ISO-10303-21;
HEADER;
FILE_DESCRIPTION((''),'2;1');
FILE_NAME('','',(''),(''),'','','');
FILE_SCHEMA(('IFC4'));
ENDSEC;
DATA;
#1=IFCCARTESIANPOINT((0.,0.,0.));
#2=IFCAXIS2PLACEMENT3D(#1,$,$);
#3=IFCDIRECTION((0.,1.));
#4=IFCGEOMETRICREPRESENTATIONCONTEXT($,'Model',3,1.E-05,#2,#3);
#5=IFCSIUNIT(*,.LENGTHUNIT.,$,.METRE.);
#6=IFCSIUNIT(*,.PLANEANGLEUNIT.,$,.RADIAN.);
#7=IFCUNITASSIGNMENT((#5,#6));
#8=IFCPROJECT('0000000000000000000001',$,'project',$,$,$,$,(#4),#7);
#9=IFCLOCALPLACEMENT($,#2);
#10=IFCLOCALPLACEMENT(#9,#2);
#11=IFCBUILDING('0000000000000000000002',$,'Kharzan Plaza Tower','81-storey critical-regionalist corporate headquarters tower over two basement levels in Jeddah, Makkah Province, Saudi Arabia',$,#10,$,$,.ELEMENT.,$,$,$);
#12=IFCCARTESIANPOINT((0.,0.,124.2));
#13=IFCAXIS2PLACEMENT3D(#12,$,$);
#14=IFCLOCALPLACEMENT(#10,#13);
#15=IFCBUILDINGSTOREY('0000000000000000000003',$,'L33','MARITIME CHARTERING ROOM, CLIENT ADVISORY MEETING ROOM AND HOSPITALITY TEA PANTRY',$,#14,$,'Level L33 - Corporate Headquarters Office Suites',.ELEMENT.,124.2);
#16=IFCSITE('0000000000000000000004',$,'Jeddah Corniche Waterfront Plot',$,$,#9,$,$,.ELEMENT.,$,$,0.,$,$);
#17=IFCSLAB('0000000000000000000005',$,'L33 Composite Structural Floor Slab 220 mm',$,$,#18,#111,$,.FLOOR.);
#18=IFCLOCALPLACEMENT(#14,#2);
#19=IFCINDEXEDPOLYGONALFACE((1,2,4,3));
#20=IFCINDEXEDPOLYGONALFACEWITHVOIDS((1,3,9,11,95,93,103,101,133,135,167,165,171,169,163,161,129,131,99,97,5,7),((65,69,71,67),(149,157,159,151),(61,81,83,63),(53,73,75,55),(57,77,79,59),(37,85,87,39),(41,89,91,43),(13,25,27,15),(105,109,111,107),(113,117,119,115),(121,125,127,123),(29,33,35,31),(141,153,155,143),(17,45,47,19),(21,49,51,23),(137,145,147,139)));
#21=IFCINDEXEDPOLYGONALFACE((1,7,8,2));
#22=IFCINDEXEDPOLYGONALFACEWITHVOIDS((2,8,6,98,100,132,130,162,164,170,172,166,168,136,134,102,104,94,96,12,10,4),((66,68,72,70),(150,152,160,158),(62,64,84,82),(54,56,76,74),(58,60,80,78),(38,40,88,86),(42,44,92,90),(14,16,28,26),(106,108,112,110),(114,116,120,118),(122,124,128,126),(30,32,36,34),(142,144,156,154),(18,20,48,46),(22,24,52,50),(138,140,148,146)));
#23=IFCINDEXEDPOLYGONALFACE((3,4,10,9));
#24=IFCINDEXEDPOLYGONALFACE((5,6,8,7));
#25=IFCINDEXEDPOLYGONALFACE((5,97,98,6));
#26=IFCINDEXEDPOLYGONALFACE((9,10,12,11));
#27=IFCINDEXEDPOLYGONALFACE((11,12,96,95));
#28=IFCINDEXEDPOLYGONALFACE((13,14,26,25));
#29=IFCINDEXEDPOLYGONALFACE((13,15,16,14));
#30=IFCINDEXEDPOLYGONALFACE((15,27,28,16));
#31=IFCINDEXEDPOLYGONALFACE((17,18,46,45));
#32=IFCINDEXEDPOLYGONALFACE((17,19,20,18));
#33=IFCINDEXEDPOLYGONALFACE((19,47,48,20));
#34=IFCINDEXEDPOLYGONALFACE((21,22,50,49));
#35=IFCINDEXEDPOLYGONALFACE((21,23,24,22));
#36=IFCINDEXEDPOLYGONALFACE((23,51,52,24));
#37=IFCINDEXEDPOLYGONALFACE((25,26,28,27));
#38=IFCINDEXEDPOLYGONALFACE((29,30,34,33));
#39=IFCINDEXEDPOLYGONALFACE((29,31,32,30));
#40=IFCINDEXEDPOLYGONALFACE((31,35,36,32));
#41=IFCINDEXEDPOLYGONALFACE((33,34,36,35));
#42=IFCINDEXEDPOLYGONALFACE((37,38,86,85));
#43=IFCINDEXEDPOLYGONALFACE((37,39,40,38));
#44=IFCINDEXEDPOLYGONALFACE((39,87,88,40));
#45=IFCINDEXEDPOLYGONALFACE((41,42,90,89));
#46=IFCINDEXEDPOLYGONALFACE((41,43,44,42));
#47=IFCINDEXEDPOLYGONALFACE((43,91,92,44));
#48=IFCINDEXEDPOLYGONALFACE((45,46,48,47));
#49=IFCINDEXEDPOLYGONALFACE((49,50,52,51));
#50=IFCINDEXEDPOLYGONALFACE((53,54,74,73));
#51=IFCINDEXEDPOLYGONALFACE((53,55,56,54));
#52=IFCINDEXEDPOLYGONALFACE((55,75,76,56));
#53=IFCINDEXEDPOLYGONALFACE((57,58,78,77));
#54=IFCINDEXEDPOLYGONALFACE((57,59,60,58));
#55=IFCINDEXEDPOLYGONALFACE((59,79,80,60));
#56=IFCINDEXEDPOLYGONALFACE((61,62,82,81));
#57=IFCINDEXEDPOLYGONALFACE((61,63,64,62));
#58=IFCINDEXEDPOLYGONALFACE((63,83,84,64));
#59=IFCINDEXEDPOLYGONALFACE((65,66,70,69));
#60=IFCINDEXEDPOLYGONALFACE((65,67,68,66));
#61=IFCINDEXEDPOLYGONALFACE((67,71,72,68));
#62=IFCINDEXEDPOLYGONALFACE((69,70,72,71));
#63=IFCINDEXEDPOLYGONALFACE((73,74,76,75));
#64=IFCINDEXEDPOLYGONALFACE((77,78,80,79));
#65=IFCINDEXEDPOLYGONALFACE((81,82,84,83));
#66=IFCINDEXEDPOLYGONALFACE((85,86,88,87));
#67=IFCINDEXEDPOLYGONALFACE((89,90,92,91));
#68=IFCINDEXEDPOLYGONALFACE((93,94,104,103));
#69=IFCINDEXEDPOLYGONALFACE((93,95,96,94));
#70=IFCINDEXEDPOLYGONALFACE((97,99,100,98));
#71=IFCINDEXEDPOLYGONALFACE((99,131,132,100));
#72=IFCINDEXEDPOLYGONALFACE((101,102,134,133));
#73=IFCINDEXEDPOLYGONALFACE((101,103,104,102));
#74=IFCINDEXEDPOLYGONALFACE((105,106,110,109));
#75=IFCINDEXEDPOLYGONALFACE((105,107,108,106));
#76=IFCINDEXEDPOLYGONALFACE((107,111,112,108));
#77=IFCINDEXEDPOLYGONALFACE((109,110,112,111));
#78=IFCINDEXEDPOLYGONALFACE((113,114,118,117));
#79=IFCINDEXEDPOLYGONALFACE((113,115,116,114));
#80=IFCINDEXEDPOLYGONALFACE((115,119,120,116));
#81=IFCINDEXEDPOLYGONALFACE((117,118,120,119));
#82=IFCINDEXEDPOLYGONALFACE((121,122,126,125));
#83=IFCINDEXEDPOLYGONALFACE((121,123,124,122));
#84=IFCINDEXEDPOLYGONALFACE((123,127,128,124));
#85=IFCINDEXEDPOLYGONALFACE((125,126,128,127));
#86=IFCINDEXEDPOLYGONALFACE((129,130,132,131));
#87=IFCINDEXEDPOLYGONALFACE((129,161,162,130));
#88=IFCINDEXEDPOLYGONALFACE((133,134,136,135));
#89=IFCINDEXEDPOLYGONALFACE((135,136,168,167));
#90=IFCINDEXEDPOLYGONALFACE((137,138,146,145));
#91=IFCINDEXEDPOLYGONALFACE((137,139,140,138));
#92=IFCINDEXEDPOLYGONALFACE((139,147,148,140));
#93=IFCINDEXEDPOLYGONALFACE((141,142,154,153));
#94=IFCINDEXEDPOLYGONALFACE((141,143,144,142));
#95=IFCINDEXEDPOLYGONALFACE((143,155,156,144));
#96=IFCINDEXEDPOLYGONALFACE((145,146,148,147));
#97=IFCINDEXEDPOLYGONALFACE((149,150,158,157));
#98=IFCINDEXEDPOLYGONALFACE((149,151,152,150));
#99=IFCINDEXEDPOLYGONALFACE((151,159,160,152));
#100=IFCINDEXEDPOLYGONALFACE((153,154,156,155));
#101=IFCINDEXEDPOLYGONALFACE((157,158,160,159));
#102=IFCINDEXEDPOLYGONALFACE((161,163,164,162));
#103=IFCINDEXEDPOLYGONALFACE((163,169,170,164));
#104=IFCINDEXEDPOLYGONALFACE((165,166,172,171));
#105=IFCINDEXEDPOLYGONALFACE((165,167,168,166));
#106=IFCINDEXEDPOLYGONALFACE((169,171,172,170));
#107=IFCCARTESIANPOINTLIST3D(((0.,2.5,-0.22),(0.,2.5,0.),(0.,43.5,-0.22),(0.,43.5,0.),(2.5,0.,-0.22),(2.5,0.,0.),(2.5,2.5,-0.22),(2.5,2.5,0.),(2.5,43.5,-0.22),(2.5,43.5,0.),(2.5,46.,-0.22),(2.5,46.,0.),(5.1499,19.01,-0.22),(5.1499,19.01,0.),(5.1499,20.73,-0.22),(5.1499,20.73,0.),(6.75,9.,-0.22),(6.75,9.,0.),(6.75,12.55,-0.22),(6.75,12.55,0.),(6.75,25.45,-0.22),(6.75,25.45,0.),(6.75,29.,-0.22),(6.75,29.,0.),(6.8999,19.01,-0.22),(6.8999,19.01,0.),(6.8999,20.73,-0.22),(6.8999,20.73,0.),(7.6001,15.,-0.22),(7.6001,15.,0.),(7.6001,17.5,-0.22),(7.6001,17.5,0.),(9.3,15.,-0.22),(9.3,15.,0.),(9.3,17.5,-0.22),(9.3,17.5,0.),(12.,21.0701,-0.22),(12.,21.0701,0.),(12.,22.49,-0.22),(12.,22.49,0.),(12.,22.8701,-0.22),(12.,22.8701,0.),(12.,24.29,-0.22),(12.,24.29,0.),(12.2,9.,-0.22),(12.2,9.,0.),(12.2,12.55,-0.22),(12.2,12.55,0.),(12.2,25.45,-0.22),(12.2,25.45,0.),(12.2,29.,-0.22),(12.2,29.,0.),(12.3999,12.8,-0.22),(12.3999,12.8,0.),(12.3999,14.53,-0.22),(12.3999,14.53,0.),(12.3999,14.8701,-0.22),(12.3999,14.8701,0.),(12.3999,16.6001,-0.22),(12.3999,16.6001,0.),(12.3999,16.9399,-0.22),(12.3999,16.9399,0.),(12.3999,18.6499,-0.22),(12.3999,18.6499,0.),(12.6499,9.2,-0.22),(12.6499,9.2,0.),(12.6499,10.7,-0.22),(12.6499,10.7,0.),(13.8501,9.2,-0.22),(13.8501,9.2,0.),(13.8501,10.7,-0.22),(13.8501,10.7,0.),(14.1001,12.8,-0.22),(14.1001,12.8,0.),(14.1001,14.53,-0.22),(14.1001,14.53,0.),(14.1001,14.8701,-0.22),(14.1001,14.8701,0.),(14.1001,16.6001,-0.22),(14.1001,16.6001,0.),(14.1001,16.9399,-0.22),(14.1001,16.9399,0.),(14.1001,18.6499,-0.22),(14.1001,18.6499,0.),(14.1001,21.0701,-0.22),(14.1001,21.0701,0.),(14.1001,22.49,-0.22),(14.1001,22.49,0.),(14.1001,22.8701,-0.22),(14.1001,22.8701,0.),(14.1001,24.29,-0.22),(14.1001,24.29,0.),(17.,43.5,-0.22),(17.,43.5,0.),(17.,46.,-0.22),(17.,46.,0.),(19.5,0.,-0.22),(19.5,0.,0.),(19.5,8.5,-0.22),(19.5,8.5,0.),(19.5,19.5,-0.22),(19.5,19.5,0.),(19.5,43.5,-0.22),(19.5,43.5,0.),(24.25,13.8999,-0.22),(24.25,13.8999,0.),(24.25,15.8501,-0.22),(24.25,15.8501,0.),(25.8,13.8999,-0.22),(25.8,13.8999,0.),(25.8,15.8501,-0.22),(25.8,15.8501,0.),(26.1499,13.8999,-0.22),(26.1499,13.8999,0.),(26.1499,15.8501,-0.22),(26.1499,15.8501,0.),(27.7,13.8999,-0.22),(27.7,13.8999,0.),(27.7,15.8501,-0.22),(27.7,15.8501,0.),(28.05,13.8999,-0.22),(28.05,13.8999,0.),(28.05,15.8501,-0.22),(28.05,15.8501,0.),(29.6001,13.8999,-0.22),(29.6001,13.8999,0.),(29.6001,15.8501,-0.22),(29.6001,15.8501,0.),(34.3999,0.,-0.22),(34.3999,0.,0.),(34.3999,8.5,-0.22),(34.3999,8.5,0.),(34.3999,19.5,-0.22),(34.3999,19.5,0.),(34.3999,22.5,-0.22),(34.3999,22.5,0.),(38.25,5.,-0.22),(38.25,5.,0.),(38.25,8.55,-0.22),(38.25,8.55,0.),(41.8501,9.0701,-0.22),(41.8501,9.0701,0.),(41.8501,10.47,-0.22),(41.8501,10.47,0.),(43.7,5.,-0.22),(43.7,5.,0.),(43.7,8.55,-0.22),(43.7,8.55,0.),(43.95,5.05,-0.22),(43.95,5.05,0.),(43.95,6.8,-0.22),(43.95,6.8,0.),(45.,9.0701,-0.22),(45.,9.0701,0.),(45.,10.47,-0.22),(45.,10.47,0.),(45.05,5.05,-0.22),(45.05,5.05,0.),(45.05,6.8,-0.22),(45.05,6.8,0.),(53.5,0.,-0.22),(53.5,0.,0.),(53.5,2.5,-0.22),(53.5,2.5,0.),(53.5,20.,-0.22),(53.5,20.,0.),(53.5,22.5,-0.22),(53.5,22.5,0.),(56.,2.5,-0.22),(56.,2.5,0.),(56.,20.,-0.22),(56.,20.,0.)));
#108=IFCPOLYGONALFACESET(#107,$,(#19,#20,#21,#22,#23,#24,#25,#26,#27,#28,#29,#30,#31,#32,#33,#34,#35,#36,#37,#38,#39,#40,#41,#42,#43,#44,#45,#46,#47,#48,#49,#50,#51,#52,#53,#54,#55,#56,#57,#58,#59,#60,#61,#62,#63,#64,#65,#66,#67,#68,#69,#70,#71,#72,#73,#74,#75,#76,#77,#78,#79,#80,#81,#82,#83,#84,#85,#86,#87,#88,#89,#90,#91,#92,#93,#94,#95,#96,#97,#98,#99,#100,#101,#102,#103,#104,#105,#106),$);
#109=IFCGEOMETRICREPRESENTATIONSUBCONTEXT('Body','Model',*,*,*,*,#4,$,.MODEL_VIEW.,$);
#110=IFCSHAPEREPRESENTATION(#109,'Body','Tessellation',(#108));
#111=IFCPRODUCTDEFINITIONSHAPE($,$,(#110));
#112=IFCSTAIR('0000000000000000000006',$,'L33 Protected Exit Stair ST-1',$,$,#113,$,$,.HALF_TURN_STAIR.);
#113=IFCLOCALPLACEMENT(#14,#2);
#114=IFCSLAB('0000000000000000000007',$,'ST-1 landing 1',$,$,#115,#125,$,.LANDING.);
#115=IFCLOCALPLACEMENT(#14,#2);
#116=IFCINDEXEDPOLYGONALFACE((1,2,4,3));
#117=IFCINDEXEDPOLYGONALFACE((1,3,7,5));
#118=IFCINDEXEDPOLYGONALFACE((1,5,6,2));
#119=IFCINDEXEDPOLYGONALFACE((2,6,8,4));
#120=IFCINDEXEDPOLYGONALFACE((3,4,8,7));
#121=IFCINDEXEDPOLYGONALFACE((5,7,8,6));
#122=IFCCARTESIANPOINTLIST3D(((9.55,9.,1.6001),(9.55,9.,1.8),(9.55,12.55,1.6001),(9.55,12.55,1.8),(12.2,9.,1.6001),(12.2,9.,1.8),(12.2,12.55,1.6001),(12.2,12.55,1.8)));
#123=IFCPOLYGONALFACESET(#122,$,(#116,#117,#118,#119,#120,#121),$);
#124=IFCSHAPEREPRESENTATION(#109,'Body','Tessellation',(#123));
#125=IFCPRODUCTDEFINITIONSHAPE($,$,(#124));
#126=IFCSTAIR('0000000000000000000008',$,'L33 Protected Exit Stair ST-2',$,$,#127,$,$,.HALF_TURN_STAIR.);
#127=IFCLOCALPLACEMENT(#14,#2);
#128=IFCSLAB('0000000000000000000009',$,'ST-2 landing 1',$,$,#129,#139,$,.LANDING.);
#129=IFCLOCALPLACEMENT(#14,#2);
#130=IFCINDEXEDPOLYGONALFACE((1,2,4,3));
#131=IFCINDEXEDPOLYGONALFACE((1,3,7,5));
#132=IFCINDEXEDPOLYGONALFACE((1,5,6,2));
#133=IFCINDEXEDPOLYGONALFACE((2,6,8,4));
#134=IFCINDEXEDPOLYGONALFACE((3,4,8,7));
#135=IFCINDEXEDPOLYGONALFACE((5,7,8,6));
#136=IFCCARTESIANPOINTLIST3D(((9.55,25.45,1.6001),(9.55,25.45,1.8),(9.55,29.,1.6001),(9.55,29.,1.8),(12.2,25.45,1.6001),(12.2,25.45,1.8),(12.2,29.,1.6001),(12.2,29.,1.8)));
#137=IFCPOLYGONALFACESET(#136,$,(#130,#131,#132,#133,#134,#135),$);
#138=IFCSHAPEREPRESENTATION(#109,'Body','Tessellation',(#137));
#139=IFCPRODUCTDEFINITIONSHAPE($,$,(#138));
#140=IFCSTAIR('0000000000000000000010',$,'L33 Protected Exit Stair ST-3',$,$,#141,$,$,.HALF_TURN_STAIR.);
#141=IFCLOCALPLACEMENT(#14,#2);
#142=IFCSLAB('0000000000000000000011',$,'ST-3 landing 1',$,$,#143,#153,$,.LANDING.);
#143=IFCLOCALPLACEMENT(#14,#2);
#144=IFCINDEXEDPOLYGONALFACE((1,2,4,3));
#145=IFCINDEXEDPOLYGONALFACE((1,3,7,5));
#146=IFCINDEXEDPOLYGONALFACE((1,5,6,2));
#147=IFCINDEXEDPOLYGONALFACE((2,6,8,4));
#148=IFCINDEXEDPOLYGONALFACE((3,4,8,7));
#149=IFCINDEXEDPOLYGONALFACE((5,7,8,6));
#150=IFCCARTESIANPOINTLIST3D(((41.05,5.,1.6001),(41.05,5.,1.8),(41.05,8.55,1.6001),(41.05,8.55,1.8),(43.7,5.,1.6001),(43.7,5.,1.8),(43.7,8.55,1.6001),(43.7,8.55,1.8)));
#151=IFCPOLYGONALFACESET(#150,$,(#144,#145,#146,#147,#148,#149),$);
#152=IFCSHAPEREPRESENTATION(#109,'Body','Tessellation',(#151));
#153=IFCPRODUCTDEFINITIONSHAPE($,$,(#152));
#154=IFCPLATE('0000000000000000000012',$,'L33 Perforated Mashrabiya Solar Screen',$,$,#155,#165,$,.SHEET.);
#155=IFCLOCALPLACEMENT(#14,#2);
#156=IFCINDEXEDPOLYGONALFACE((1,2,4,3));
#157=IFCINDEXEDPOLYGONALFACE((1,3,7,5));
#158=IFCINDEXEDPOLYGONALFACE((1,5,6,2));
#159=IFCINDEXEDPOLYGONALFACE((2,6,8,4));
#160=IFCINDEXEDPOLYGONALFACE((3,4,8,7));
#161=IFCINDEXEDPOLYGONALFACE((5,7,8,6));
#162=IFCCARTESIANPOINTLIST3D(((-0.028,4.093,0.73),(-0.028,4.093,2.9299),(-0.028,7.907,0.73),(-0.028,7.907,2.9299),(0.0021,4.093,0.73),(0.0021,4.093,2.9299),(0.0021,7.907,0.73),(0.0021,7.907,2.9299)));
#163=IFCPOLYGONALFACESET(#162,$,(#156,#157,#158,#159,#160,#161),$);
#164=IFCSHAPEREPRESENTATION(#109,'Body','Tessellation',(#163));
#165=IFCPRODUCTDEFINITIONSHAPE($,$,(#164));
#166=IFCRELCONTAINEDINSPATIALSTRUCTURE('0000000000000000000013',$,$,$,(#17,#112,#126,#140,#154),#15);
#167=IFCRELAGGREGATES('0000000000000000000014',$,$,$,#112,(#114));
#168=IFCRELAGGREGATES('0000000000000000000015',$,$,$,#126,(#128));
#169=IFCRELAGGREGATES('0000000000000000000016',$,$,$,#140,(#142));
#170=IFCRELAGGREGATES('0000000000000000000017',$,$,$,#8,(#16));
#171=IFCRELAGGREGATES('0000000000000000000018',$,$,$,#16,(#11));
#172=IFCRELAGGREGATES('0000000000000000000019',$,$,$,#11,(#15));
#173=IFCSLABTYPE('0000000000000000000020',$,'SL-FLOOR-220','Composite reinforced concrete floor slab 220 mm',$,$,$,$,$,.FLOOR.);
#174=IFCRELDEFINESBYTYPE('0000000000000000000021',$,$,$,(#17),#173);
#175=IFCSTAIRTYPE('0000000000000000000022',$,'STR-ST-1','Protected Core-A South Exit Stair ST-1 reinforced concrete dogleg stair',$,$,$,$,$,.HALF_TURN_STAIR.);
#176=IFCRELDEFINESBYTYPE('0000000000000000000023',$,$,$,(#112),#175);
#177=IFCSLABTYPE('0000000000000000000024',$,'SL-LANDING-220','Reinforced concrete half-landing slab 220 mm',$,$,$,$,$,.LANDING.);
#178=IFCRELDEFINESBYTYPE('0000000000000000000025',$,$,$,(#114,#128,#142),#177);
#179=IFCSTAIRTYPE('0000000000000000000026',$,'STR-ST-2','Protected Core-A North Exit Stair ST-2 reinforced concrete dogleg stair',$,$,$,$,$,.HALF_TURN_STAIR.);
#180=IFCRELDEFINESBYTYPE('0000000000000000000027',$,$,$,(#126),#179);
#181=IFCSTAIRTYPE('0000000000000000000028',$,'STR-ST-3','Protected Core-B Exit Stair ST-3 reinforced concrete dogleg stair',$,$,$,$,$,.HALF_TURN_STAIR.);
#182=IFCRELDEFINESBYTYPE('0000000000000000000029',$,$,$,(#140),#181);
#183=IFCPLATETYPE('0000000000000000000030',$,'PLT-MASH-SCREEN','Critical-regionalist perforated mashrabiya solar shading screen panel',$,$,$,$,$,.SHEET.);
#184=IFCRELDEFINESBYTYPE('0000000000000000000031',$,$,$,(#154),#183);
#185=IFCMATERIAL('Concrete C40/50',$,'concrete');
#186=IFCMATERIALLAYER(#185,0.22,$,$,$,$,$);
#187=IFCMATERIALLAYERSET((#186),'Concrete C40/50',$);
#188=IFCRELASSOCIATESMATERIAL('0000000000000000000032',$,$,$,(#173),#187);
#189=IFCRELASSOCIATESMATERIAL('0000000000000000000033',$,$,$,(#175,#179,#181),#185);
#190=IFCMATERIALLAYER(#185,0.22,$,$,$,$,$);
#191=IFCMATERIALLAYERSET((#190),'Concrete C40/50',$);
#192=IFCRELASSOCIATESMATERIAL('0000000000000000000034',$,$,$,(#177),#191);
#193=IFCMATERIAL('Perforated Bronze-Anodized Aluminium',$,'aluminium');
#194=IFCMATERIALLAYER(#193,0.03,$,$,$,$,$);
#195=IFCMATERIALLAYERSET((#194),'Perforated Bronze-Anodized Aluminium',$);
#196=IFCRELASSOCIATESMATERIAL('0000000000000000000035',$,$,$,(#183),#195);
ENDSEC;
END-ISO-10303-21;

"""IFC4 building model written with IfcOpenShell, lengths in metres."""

from ifc_helpers import new_model, si_unit, direction, frame, origin, origin_2d, place, context, subcontext, project, spatial, polyline, rectangle, outline, extrude, source, transform, mapped, material, layer, layer_set, type_object, element, aggregate, save


model = new_model("IFC4")

# Units and contexts
model_context = context("Model", 3, precision=1e-05, world=origin(), true_north=direction((0.0, 1.0)))
body_context = subcontext(model_context, "Body", "Model", "MODEL_VIEW")
ifc_project = project(units=[si_unit("LENGTHUNIT", "METRE"), si_unit("PLANEANGLEUNIT", "RADIAN")], contexts=[model_context])

# Site, building, storey
site_placement = place(None, origin())
site = spatial("IfcSite", under=ifc_project, at=site_placement, Name="Jeddah Corniche Waterfront Plot", CompositionType="ELEMENT", RefElevation=0.0)
building_placement = place(site_placement, origin())
building = spatial("IfcBuilding", under=site, at=building_placement, Name="Kharzan Plaza Tower", Description="81-storey critical-regionalist corporate headquarters tower over two basement levels in Jeddah, Makkah Province, Saudi Arabia", CompositionType="ELEMENT")
storey_placement = place(building_placement, frame((0.0, 0.0, 124.2)))
storey = spatial("IfcBuildingStorey", under=building, at=storey_placement, Name="L33", Description="MARITIME CHARTERING ROOM, CLIENT ADVISORY MEETING ROOM AND HOSPITALITY TEA PANTRY", LongName="Level L33 - Corporate Headquarters Office Suites", CompositionType="ELEMENT", Elevation=124.2)

# Slab
ifc_material_1 = material(Name="Concrete C40/50", Category="concrete")
ifc_layer_1 = layer(ifc_material_1, 0.22)
ifc_layer_set_1 = layer_set([ifc_layer_1], Name="Concrete C40/50")
slab_type_1 = type_object("IfcSlabType", Name="SL-FLOOR-220", Description="Composite reinforced concrete floor slab 220 mm", PredefinedType="FLOOR", material=ifc_layer_set_1)
slab_1_placement = place(storey_placement, frame((0.0, 0.0, -0.22)))
element("IfcSlab", 1, at=slab_1_placement, inside=storey, type_object=slab_type_1, Name="L33 Composite Structural Floor Slab 220 mm", PredefinedType="FLOOR", context=body_context, shape_type="SweptSolid", body=[
    extrude(outline(polyline([(34.3999, 19.5), (19.5, 19.5), (19.5, 43.5), (17.0, 43.5), (17.0, 46.0), (2.5, 46.0), (2.5, 43.5), (0.0, 43.5), (0.0, 2.5), (2.5, 2.5), (2.5, 0.0), (19.5, 0.0), (19.5, 8.5), (34.3999, 8.5), (34.3999, 0.0), (53.5, 0.0), (53.5, 2.5), (56.0, 2.5), (56.0, 20.0), (53.5, 20.0), (53.5, 22.5), (34.3999, 22.5), (34.3999, 19.5)]), holes=[polyline([(12.2, 9.0), (12.2, 12.55), (6.75, 12.55), (6.75, 9.0), (12.2, 9.0)]), polyline([(14.1001, 12.8), (14.1001, 14.53), (12.3999, 14.53), (12.3999, 12.8), (14.1001, 12.8)]), polyline([(14.1001, 14.8701), (14.1001, 16.6001), (12.3999, 16.6001), (12.3999, 14.8701), (14.1001, 14.8701)]), polyline([(9.3, 15.0), (9.3, 17.5), (7.6001, 17.5), (7.6001, 15.0), (9.3, 15.0)]), polyline([(6.8999, 19.01), (6.8999, 20.73), (5.1499, 20.73), (5.1499, 19.01), (6.8999, 19.01)]), polyline([(14.1001, 21.0701), (14.1001, 22.49), (12.0, 22.49), (12.0, 21.0701), (14.1001, 21.0701)]), polyline([(14.1001, 22.8701), (14.1001, 24.29), (12.0, 24.29), (12.0, 22.8701), (14.1001, 22.8701)]), polyline([(12.2, 25.45), (12.2, 29.0), (6.75, 29.0), (6.75, 25.45), (12.2, 25.45)]), polyline([(45.05, 5.05), (45.05, 6.8), (43.95, 6.8), (43.95, 5.05), (45.05, 5.05)]), polyline([(43.7, 5.0), (43.7, 8.55), (38.25, 8.55), (38.25, 5.0), (43.7, 5.0)]), polyline([(45.0, 9.0701), (45.0, 10.47), (41.8501, 10.47), (41.8501, 9.0701), (45.0, 9.0701)]), polyline([(13.8501, 9.2), (13.8501, 10.7), (12.6499, 10.7), (12.6499, 9.2), (13.8501, 9.2)]), polyline([(25.8, 13.8999), (25.8, 15.8501), (24.25, 15.8501), (24.25, 13.8999), (25.8, 13.8999)]), polyline([(27.7, 13.8999), (27.7, 15.8501), (26.1499, 15.8501), (26.1499, 13.8999), (27.7, 13.8999)]), polyline([(29.6001, 13.8999), (29.6001, 15.8501), (28.05, 15.8501), (28.05, 13.8999), (29.6001, 13.8999)]), polyline([(14.1001, 16.9399), (14.1001, 18.6499), (12.3999, 18.6499), (12.3999, 16.9399), (14.1001, 16.9399)])]), origin(), (0.0, 0.0, 1.0), 0.22),
])

# Stairs, slabs
stair_type_1 = type_object("IfcStairType", Name="STR-ST-1", Description="Protected Core-A South Exit Stair ST-1 reinforced concrete dogleg stair", PredefinedType="HALF_TURN_STAIR", material=ifc_material_1)
stair_1_placement = place(storey_placement, origin())
stair_1 = element("IfcStair", 2, at=stair_1_placement, inside=storey, type_object=stair_type_1, Name="L33 Protected Exit Stair ST-1", PredefinedType="HALF_TURN_STAIR")
ifc_layer_2 = layer(ifc_material_1, 0.22)
ifc_layer_set_2 = layer_set([ifc_layer_2], Name="Concrete C40/50")
slab_type_2 = type_object("IfcSlabType", Name="SL-LANDING-220", Description="Reinforced concrete half-landing slab 220 mm", PredefinedType="LANDING", material=ifc_layer_set_2)
slab_2_placement = place(storey_placement, frame((0.0, 0.0, 1.6001)))
slab_2 = element("IfcSlab", 3, at=slab_2_placement, type_object=slab_type_2, Name="ST-1 landing 1", PredefinedType="LANDING", context=body_context, shape_type="SweptSolid", body=[
    extrude(outline(polyline([(9.55, 9.0), (12.2, 9.0), (12.2, 12.55), (9.55, 12.55), (9.55, 9.0)])), origin(), (0.0, 0.0, 1.0), 0.2),
])
aggregate(stair_1, [slab_2])
stair_type_2 = type_object("IfcStairType", Name="STR-ST-2", Description="Protected Core-A North Exit Stair ST-2 reinforced concrete dogleg stair", PredefinedType="HALF_TURN_STAIR", material=ifc_material_1)
stair_2_placement = place(storey_placement, origin())
stair_2 = element("IfcStair", 4, at=stair_2_placement, inside=storey, type_object=stair_type_2, Name="L33 Protected Exit Stair ST-2", PredefinedType="HALF_TURN_STAIR")
slab_3_placement = place(storey_placement, frame((0.0, 0.0, 1.6001)))
slab_3 = element("IfcSlab", 5, at=slab_3_placement, type_object=slab_type_2, Name="ST-2 landing 1", PredefinedType="LANDING", context=body_context, shape_type="SweptSolid", body=[
    extrude(outline(polyline([(9.55, 25.45), (12.2, 25.45), (12.2, 29.0), (9.55, 29.0), (9.55, 25.45)])), origin(), (0.0, 0.0, 1.0), 0.2),
])
aggregate(stair_2, [slab_3])
stair_type_3 = type_object("IfcStairType", Name="STR-ST-3", Description="Protected Core-B Exit Stair ST-3 reinforced concrete dogleg stair", PredefinedType="HALF_TURN_STAIR", material=ifc_material_1)
stair_3_placement = place(storey_placement, origin())
stair_3 = element("IfcStair", 6, at=stair_3_placement, inside=storey, type_object=stair_type_3, Name="L33 Protected Exit Stair ST-3", PredefinedType="HALF_TURN_STAIR")
slab_4_placement = place(storey_placement, frame((0.0, 0.0, 1.6001)))
slab_4 = element("IfcSlab", 7, at=slab_4_placement, type_object=slab_type_2, Name="ST-3 landing 1", PredefinedType="LANDING", context=body_context, shape_type="SweptSolid", body=[
    extrude(outline(polyline([(41.05, 5.0), (43.7, 5.0), (43.7, 8.55), (41.05, 8.55), (41.05, 5.0)])), origin(), (0.0, 0.0, 1.0), 0.2),
])
aggregate(stair_3, [slab_4])

# Plate
ifc_material_2 = material(Name="Perforated Bronze-Anodized Aluminium", Category="aluminium")
ifc_layer_3 = layer(ifc_material_2, 0.03)
ifc_layer_set_3 = layer_set([ifc_layer_3], Name="Perforated Bronze-Anodized Aluminium")
plate_type = type_object("IfcPlateType", Name="PLT-MASH-SCREEN", Description="Critical-regionalist perforated mashrabiya solar shading screen panel", PredefinedType="SHEET", material=ifc_layer_set_3)
shared_shape_1 = source(origin(), body_context, "Body", "SweptSolid", [
    extrude(rectangle(XDim=3.814, YDim=0.03, at=origin_2d()), origin(), (0.0, 0.0, 1.0), 2.2),
])
plate_placement = place(storey_placement, frame((-0.0129, 6.0, 0.73), z_axis=(0.0, 0.0, 1.0), x_axis=(0.0, -1.0, 0.0)))
element("IfcPlate", 8, at=plate_placement, inside=storey, type_object=plate_type, Name="L33 Perforated Mashrabiya Solar Screen", PredefinedType="SHEET", context=body_context, shape_type="MappedRepresentation", body=[
    mapped(shared_shape_1, transform((0.0, 0.0, 0.0), x_axis=(1.0, 0.0, 0.0), y_axis=(0.0, 1.0, 0.0), z_axis=(0.0, 0.0, 1.0))),
])

save(model, "model.ifc")
